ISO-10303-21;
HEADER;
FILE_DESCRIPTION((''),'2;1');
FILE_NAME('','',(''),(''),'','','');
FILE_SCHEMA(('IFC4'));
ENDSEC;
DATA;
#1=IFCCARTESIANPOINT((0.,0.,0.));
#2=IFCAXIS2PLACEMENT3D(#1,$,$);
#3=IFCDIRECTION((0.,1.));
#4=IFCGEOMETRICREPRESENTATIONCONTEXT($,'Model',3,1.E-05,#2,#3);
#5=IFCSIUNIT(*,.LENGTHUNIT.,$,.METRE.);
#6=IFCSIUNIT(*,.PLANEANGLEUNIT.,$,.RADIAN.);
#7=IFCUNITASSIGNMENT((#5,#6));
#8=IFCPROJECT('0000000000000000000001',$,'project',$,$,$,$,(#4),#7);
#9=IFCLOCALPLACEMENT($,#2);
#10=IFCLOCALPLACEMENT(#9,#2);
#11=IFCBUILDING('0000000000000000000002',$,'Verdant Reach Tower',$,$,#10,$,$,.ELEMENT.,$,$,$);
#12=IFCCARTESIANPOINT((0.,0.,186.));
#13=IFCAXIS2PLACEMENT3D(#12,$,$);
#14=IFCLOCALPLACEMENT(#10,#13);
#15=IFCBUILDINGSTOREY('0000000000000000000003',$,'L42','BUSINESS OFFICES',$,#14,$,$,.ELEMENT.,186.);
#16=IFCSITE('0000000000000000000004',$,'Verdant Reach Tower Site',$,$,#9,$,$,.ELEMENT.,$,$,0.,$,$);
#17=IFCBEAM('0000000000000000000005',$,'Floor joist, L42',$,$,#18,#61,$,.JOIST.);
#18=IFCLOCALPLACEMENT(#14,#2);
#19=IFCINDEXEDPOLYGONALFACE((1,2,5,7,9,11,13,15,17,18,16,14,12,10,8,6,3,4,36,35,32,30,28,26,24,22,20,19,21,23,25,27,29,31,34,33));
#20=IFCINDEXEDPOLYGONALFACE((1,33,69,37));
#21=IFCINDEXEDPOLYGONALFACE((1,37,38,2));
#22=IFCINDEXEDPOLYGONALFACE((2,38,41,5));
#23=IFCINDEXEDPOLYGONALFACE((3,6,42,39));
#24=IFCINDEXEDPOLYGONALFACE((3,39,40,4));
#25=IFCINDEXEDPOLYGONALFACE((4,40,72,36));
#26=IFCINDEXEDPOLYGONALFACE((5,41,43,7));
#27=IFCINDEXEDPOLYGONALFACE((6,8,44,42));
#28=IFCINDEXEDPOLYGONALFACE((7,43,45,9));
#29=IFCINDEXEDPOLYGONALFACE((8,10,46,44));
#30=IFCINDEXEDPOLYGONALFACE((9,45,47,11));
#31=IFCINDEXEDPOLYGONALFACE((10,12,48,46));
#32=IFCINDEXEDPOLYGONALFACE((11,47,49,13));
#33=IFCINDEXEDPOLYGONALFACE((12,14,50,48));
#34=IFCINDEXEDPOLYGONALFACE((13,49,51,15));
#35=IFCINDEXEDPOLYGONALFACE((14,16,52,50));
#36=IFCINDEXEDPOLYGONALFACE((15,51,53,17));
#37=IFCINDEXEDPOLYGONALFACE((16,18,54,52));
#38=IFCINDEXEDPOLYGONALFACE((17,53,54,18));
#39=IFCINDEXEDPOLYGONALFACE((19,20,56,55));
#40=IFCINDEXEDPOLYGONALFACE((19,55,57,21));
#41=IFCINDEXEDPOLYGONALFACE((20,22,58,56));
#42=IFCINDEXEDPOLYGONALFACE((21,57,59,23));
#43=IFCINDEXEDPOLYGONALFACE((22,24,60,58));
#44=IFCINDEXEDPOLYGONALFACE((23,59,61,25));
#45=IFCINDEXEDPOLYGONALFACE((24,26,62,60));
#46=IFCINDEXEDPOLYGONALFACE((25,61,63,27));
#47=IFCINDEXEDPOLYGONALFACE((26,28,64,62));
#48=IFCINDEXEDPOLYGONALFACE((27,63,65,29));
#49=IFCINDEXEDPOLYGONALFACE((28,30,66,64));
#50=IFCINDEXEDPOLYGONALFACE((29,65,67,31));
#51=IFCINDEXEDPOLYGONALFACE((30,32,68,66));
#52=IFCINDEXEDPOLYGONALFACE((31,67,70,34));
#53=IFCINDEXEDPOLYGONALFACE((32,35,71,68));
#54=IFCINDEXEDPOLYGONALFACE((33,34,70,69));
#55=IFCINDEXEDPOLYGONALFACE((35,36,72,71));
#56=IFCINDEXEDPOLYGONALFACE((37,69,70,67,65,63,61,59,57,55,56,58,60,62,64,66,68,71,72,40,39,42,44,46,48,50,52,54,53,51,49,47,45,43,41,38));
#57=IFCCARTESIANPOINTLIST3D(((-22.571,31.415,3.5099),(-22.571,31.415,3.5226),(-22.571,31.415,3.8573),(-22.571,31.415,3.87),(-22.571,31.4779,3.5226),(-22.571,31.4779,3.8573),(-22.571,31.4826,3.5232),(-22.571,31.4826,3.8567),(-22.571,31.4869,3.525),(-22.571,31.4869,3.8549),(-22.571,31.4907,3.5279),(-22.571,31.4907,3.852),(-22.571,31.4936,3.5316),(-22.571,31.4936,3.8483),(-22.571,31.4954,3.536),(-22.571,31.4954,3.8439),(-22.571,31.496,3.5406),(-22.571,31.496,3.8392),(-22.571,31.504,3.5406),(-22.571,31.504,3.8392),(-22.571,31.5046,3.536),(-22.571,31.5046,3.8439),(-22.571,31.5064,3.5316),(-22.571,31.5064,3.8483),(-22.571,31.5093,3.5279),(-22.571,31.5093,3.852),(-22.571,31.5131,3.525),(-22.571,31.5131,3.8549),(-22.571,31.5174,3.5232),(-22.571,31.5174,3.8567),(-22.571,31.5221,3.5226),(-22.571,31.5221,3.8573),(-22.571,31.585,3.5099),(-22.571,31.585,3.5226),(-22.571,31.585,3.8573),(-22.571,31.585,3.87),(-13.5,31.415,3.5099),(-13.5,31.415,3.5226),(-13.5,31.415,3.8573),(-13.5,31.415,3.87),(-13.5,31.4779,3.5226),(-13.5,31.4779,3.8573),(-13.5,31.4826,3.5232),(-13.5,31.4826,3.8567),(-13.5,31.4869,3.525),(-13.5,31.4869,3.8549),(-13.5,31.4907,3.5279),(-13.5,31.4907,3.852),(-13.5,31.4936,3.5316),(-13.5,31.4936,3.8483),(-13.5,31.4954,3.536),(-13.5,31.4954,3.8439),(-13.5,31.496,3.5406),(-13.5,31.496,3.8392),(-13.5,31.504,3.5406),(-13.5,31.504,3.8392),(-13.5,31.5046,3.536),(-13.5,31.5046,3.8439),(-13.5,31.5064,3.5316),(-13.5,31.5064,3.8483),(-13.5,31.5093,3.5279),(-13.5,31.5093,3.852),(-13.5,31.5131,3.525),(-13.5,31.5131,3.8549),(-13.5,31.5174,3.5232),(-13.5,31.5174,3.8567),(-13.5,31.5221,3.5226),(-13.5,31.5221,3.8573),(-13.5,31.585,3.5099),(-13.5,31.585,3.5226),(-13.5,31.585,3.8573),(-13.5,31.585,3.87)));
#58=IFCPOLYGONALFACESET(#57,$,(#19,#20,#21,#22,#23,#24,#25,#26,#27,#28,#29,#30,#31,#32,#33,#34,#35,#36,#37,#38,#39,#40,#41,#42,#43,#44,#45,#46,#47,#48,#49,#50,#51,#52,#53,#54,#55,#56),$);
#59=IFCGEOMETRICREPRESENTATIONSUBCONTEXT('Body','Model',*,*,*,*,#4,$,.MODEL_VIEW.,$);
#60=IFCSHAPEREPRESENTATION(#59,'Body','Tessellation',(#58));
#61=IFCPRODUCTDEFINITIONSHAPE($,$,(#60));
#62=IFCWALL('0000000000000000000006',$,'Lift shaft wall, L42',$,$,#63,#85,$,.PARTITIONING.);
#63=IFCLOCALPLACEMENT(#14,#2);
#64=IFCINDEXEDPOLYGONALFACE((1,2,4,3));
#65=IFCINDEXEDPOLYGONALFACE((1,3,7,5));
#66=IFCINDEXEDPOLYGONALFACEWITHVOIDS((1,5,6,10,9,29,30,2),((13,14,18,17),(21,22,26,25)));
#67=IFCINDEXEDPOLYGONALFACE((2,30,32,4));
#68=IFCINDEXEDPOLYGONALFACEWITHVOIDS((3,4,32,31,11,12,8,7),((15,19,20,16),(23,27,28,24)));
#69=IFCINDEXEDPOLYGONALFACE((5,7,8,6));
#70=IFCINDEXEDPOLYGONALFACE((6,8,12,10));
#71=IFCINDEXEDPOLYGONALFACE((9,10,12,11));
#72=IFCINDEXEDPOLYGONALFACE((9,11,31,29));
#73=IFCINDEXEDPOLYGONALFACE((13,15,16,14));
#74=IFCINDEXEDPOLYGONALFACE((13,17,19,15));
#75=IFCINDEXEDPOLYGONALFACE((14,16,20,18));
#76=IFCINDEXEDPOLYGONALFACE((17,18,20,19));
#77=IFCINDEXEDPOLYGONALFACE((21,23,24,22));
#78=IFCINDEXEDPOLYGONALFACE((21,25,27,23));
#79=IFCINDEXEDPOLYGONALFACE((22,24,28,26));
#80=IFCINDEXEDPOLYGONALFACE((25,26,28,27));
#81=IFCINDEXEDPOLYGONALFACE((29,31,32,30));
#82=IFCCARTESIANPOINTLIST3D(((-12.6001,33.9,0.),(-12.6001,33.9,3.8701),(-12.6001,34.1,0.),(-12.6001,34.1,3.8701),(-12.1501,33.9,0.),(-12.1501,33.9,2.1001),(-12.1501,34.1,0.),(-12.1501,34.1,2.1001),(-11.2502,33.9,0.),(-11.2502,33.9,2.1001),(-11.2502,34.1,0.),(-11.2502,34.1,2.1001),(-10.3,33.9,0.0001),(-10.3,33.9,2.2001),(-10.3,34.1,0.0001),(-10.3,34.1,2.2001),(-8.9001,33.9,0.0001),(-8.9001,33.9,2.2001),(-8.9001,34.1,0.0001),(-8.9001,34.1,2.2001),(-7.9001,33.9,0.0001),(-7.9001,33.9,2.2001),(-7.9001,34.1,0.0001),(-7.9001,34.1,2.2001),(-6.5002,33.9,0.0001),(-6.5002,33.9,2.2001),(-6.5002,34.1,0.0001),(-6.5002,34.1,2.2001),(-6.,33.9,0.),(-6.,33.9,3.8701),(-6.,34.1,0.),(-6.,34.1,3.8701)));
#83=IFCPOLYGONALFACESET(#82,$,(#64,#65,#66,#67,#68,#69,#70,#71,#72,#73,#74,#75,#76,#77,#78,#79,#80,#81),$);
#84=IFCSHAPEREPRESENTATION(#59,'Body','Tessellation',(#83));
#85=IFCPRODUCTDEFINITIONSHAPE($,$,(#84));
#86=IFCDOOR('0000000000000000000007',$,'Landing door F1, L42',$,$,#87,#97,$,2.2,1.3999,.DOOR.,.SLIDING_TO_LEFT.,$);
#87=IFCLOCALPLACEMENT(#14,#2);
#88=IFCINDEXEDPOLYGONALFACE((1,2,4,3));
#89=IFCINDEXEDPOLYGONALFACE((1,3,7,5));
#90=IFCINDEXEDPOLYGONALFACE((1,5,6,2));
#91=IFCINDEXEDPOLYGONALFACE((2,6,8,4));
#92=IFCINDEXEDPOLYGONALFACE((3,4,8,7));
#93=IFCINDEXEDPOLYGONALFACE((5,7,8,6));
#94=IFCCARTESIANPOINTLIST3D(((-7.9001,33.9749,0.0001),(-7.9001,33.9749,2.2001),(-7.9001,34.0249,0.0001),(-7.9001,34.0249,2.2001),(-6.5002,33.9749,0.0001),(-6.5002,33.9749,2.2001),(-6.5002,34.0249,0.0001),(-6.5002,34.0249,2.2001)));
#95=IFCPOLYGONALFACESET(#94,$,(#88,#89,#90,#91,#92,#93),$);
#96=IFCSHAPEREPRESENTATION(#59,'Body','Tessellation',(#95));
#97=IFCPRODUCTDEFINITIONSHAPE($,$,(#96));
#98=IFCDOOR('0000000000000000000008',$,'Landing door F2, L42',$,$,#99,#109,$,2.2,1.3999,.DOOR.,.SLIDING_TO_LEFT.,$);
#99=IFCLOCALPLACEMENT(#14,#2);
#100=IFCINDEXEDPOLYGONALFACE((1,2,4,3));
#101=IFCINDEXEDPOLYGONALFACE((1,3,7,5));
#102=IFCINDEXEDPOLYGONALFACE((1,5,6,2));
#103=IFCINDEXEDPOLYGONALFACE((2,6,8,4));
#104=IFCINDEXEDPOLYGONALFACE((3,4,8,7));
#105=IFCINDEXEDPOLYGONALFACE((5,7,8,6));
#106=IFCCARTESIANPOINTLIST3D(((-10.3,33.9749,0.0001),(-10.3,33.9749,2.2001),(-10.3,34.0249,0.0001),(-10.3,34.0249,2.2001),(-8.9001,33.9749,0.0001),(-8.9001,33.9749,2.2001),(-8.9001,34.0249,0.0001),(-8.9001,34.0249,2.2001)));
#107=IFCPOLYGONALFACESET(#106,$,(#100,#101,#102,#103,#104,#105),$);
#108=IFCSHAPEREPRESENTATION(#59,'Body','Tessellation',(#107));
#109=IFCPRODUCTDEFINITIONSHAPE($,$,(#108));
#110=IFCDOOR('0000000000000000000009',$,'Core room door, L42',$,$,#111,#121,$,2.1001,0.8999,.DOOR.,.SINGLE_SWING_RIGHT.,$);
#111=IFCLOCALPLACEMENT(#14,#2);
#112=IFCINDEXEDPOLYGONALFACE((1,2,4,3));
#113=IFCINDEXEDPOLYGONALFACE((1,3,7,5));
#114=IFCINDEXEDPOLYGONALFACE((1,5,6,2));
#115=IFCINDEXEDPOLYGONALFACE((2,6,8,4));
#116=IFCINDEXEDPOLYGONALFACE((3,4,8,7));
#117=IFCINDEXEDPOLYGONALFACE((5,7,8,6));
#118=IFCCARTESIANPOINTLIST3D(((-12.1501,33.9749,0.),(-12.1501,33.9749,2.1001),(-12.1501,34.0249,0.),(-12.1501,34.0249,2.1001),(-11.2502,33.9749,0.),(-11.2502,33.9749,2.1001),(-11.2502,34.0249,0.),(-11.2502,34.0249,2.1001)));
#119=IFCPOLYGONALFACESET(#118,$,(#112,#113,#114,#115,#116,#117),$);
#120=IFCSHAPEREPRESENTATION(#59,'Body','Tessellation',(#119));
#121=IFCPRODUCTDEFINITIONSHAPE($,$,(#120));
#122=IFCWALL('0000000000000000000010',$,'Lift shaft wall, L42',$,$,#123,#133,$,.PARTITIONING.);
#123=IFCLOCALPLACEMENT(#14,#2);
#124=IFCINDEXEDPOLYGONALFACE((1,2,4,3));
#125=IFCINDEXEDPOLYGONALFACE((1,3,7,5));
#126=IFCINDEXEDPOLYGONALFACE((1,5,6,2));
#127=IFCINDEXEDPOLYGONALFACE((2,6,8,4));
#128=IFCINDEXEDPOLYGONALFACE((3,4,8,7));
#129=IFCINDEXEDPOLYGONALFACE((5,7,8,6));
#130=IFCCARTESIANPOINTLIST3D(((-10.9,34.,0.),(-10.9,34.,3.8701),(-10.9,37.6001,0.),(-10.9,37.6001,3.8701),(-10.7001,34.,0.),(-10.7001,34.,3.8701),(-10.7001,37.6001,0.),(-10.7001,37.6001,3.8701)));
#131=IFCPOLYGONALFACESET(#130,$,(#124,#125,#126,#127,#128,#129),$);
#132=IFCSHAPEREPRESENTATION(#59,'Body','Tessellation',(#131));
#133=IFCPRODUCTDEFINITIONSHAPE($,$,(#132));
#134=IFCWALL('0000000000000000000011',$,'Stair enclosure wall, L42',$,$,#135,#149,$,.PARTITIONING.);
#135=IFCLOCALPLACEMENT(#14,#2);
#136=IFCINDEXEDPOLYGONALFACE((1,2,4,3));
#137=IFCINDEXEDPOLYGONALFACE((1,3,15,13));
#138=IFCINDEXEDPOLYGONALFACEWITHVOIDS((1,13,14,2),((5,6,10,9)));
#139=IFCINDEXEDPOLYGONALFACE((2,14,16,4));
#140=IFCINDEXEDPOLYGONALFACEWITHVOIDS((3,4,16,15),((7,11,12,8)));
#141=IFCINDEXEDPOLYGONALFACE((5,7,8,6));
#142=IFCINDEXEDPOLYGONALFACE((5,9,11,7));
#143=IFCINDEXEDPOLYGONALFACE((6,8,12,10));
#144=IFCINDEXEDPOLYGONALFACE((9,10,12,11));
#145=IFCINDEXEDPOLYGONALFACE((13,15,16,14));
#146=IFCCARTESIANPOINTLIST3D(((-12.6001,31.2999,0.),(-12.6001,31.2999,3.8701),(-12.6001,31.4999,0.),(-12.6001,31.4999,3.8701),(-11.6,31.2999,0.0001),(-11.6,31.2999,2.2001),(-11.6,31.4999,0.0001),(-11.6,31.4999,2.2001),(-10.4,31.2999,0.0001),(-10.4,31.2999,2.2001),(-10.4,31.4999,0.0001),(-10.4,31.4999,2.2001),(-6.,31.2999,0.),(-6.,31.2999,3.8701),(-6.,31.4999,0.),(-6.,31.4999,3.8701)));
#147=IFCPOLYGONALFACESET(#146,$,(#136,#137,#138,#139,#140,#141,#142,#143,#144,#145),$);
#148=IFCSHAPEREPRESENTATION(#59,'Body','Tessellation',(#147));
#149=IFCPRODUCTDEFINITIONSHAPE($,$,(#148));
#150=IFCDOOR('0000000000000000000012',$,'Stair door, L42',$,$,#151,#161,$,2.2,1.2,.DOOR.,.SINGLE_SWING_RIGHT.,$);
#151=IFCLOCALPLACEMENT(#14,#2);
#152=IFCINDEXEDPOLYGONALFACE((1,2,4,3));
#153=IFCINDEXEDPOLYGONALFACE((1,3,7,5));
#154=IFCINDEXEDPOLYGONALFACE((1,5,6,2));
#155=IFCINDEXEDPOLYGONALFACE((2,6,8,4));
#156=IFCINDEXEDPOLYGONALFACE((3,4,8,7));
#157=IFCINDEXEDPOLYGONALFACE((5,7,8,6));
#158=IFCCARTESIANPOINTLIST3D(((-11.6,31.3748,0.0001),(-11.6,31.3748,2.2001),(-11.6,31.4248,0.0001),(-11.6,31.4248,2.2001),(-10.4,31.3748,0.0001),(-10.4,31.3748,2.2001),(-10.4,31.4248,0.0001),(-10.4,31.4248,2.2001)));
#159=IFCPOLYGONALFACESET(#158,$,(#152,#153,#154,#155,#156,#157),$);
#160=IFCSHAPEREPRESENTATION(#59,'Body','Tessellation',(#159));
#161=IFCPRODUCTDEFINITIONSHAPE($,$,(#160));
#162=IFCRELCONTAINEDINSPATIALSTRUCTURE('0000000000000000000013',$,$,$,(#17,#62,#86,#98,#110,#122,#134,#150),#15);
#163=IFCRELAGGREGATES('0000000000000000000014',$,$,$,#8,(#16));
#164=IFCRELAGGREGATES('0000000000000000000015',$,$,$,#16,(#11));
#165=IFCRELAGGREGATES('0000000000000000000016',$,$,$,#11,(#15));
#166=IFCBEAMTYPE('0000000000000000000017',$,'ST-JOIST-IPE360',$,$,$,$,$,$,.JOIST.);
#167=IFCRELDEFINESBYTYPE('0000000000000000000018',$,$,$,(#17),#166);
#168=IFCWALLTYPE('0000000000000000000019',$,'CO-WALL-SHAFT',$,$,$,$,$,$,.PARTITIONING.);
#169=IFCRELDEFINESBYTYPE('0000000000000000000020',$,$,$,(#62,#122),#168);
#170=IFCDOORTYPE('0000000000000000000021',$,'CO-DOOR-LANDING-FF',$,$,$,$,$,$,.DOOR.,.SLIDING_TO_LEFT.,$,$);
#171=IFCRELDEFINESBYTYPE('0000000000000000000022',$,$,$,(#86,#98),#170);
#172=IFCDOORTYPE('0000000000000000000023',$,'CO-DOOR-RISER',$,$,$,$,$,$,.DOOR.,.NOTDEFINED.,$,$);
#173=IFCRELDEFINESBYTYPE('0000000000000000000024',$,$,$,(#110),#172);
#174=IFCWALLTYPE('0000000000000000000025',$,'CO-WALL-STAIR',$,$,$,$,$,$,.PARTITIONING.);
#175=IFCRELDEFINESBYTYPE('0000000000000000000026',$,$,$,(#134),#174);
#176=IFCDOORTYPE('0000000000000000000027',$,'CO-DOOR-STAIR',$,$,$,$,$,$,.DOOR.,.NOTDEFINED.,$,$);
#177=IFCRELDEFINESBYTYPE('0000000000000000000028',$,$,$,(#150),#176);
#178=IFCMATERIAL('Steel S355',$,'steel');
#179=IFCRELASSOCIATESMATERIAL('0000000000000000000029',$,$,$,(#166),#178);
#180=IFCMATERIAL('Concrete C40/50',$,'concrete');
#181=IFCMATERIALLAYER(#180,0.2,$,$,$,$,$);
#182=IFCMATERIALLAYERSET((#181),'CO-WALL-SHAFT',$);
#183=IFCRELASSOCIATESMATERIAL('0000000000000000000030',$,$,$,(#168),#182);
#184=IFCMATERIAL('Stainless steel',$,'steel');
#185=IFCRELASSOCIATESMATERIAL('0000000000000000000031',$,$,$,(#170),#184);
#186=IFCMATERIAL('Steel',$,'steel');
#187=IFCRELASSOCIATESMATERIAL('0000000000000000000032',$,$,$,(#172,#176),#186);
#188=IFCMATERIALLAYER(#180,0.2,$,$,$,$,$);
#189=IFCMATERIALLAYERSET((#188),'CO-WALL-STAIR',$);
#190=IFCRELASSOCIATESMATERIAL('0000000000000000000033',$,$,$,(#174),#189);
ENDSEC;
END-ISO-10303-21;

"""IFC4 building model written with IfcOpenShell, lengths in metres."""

from ifc_helpers import new_model, si_unit, direction, frame, frame_2d, origin, origin_2d, place, context, subcontext, project, spatial, rectangle, i_section, extrude, material, layer, layer_set, material_profile, profile_set, type_object, element, fill, save


model = new_model("IFC4")

# Units and contexts
model_context = context("Model", 3, precision=1e-05, world=origin(), true_north=direction((0.0, 1.0)))
body_context = subcontext(model_context, "Body", "Model", "MODEL_VIEW")
ifc_project = project(units=[si_unit("LENGTHUNIT", "METRE"), si_unit("PLANEANGLEUNIT", "RADIAN")], contexts=[model_context])

# Site, building, storey
site_placement = place(None, origin())
site = spatial("IfcSite", under=ifc_project, at=site_placement, Name="Verdant Reach Tower Site", CompositionType="ELEMENT", RefElevation=0.0)
building_placement = place(site_placement, origin())
building = spatial("IfcBuilding", under=site, at=building_placement, Name="Verdant Reach Tower", CompositionType="ELEMENT")
storey_placement = place(building_placement, frame((0.0, 0.0, 186.0)))
storey = spatial("IfcBuildingStorey", under=building, at=storey_placement, Name="L42", Description="BUSINESS OFFICES", CompositionType="ELEMENT", Elevation=186.0)

# Beam
ifc_material_1 = material(Name="Steel S355", Category="steel")
ifc_material_profile = material_profile(ifc_material_1, i_section(OverallWidth=0.1699, OverallDepth=0.3601, WebThickness=0.0081, FlangeThickness=0.0127, FilletRadius=0.0181, at=origin_2d()), Name="IPE 360")
ifc_profile_set = profile_set([ifc_material_profile], Name="Steel S355")
beam_type = type_object("IfcBeamType", Name="ST-JOIST-IPE360", PredefinedType="JOIST", material=ifc_profile_set)
beam_placement = place(storey_placement, frame((-13.5, 31.5, 3.6899), z_axis=(-1.0, 0.0, 0.0), x_axis=(0.0, -1.0, 0.0)))
element("IfcBeam", 1, at=beam_placement, inside=storey, type_object=beam_type, Name="Floor joist, L42", PredefinedType="JOIST", context=body_context, shape_type="SweptSolid", body=[
    extrude(i_section(OverallWidth=0.1699, OverallDepth=0.3601, WebThickness=0.0081, FlangeThickness=0.0127, FilletRadius=0.0181, at=origin_2d()), origin(), (0.0, 0.0, 1.0), 9.071),
])

# Wall, openings, doors
ifc_material_2 = material(Name="Concrete C40/50", Category="concrete")
ifc_layer_1 = layer(ifc_material_2, 0.2)
ifc_layer_set_1 = layer_set([ifc_layer_1], Name="CO-WALL-SHAFT")
wall_type_1 = type_object("IfcWallType", Name="CO-WALL-SHAFT", PredefinedType="PARTITIONING", material=ifc_layer_set_1)
wall_1_placement = place(storey_placement, frame((-12.6001, 34.0, 0.0), z_axis=(0.0, 0.0, 1.0), x_axis=(1.0, 0.0, 0.0)))
wall_1 = element("IfcWall", 2, at=wall_1_placement, inside=storey, type_object=wall_type_1, Name="Lift shaft wall, L42", PredefinedType="PARTITIONING", context=body_context, shape_type="SweptSolid", body=[
    extrude(rectangle(XDim=6.6001, YDim=0.2, at=frame_2d((3.3, 0.0))), origin(), (0.0, 0.0, 1.0), 3.8701),
])
opening_1_placement = place(wall_1_placement, frame((4.7, 0.0, 0.0)))
opening_1 = element("IfcOpeningElement", 3, at=opening_1_placement, cuts=wall_1, PredefinedType="OPENING", context=body_context, shape_type="SweptSolid", body=[
    extrude(rectangle(XDim=1.3999, YDim=2.2, at=frame_2d((0.7, 1.1001))), frame((0.0, 0.1099, 0.0), z_axis=(0.0, -1.0, 0.0), x_axis=(1.0, 0.0, 0.0)), (0.0, 0.0, 1.0), 0.22),
])
opening_2_placement = place(wall_1_placement, frame((2.3, 0.0, 0.0)))
opening_2 = element("IfcOpeningElement", 4, at=opening_2_placement, cuts=wall_1, PredefinedType="OPENING", context=body_context, shape_type="SweptSolid", body=[
    extrude(rectangle(XDim=1.3999, YDim=2.2, at=frame_2d((0.7, 1.1001))), frame((0.0, 0.1099, 0.0), z_axis=(0.0, -1.0, 0.0), x_axis=(1.0, 0.0, 0.0)), (0.0, 0.0, 1.0), 0.22),
])
opening_3_placement = place(wall_1_placement, frame((0.45, 0.0, 0.0)))
opening_3 = element("IfcOpeningElement", 5, at=opening_3_placement, cuts=wall_1, PredefinedType="OPENING", context=body_context, shape_type="SweptSolid", body=[
    extrude(rectangle(XDim=0.8999, YDim=2.1001, at=frame_2d((0.45, 1.05))), frame((0.0, 0.1099, 0.0), z_axis=(0.0, -1.0, 0.0), x_axis=(1.0, 0.0, 0.0)), (0.0, 0.0, 1.0), 0.22),
])
ifc_material_3 = material(Name="Stainless steel", Category="steel")
door_type_1 = type_object("IfcDoorType", Name="CO-DOOR-LANDING-FF", OperationType="SLIDING_TO_LEFT", PredefinedType="DOOR", material=ifc_material_3)
door_1_placement = place(opening_1_placement, origin())
door_1 = element("IfcDoor", 6, at=door_1_placement, inside=storey, type_object=door_type_1, Name="Landing door F1, L42", OperationType="SLIDING_TO_LEFT", OverallHeight=2.2, OverallWidth=1.3999, PredefinedType="DOOR", context=body_context, shape_type="SweptSolid", body=[
    extrude(rectangle(XDim=1.3999, YDim=2.2, at=frame_2d((0.7, 1.1001))), frame((0.0, 0.0249, 0.0), z_axis=(0.0, -1.0, 0.0), x_axis=(1.0, 0.0, 0.0)), (0.0, 0.0, 1.0), 0.05),
])
fill(opening_1, door_1)
door_2_placement = place(opening_2_placement, origin())
door_2 = element("IfcDoor", 7, at=door_2_placement, inside=storey, type_object=door_type_1, Name="Landing door F2, L42", OperationType="SLIDING_TO_LEFT", OverallHeight=2.2, OverallWidth=1.3999, PredefinedType="DOOR", context=body_context, shape_type="SweptSolid", body=[
    extrude(rectangle(XDim=1.3999, YDim=2.2, at=frame_2d((0.7, 1.1001))), frame((0.0, 0.0249, 0.0), z_axis=(0.0, -1.0, 0.0), x_axis=(1.0, 0.0, 0.0)), (0.0, 0.0, 1.0), 0.05),
])
fill(opening_2, door_2)
ifc_material_4 = material(Name="Steel", Category="steel")
door_type_2 = type_object("IfcDoorType", Name="CO-DOOR-RISER", OperationType="NOTDEFINED", PredefinedType="DOOR", material=ifc_material_4)
door_3_placement = place(opening_3_placement, origin())
door_3 = element("IfcDoor", 8, at=door_3_placement, inside=storey, type_object=door_type_2, Name="Core room door, L42", OperationType="SINGLE_SWING_RIGHT", OverallHeight=2.1001, OverallWidth=0.8999, PredefinedType="DOOR", context=body_context, shape_type="SweptSolid", body=[
    extrude(rectangle(XDim=0.8999, YDim=2.1001, at=frame_2d((0.45, 1.05))), frame((0.0, 0.0249, 0.0), z_axis=(0.0, -1.0, 0.0), x_axis=(1.0, 0.0, 0.0)), (0.0, 0.0, 1.0), 0.05),
])
fill(opening_3, door_3)

# Wall
wall_2_placement = place(storey_placement, frame((-10.8, 34.0, 0.0), z_axis=(0.0, 0.0, 1.0), x_axis=(0.0, 1.0, 0.0)))
element("IfcWall", 9, at=wall_2_placement, inside=storey, type_object=wall_type_1, Name="Lift shaft wall, L42", PredefinedType="PARTITIONING", context=body_context, shape_type="SweptSolid", body=[
    extrude(rectangle(XDim=3.6001, YDim=0.2, at=frame_2d((1.8, 0.0))), origin(), (0.0, 0.0, 1.0), 3.8701),
])

# Wall, opening, door
ifc_layer_2 = layer(ifc_material_2, 0.2)
ifc_layer_set_2 = layer_set([ifc_layer_2], Name="CO-WALL-STAIR")
wall_type_2 = type_object("IfcWallType", Name="CO-WALL-STAIR", PredefinedType="PARTITIONING", material=ifc_layer_set_2)
wall_3_placement = place(storey_placement, frame((-12.6001, 31.3999, 0.0), z_axis=(0.0, 0.0, 1.0), x_axis=(1.0, 0.0, 0.0)))
wall_3 = element("IfcWall", 10, at=wall_3_placement, inside=storey, type_object=wall_type_2, Name="Stair enclosure wall, L42", PredefinedType="PARTITIONING", context=body_context, shape_type="SweptSolid", body=[
    extrude(rectangle(XDim=6.6001, YDim=0.2, at=frame_2d((3.3, 0.0))), origin(), (0.0, 0.0, 1.0), 3.8701),
])
opening_4_placement = place(wall_3_placement, frame((1.0, 0.0, 0.0)))
opening_4 = element("IfcOpeningElement", 11, at=opening_4_placement, cuts=wall_3, PredefinedType="OPENING", context=body_context, shape_type="SweptSolid", body=[
    extrude(rectangle(XDim=1.2, YDim=2.2, at=frame_2d((0.6001, 1.1001))), frame((0.0, 0.1099, 0.0), z_axis=(0.0, -1.0, 0.0), x_axis=(1.0, 0.0, 0.0)), (0.0, 0.0, 1.0), 0.22),
])
door_type_3 = type_object("IfcDoorType", Name="CO-DOOR-STAIR", OperationType="NOTDEFINED", PredefinedType="DOOR", material=ifc_material_4)
door_4_placement = place(opening_4_placement, origin())
door_4 = element("IfcDoor", 12, at=door_4_placement, inside=storey, type_object=door_type_3, Name="Stair door, L42", OperationType="SINGLE_SWING_RIGHT", OverallHeight=2.2, OverallWidth=1.2, PredefinedType="DOOR", context=body_context, shape_type="SweptSolid", body=[
    extrude(rectangle(XDim=1.2, YDim=2.2, at=frame_2d((0.6001, 1.1001))), frame((0.0, 0.0249, 0.0), z_axis=(0.0, -1.0, 0.0), x_axis=(1.0, 0.0, 0.0)), (0.0, 0.0, 1.0), 0.05),
])
fill(opening_4, door_4)

save(model, "model.ifc")
